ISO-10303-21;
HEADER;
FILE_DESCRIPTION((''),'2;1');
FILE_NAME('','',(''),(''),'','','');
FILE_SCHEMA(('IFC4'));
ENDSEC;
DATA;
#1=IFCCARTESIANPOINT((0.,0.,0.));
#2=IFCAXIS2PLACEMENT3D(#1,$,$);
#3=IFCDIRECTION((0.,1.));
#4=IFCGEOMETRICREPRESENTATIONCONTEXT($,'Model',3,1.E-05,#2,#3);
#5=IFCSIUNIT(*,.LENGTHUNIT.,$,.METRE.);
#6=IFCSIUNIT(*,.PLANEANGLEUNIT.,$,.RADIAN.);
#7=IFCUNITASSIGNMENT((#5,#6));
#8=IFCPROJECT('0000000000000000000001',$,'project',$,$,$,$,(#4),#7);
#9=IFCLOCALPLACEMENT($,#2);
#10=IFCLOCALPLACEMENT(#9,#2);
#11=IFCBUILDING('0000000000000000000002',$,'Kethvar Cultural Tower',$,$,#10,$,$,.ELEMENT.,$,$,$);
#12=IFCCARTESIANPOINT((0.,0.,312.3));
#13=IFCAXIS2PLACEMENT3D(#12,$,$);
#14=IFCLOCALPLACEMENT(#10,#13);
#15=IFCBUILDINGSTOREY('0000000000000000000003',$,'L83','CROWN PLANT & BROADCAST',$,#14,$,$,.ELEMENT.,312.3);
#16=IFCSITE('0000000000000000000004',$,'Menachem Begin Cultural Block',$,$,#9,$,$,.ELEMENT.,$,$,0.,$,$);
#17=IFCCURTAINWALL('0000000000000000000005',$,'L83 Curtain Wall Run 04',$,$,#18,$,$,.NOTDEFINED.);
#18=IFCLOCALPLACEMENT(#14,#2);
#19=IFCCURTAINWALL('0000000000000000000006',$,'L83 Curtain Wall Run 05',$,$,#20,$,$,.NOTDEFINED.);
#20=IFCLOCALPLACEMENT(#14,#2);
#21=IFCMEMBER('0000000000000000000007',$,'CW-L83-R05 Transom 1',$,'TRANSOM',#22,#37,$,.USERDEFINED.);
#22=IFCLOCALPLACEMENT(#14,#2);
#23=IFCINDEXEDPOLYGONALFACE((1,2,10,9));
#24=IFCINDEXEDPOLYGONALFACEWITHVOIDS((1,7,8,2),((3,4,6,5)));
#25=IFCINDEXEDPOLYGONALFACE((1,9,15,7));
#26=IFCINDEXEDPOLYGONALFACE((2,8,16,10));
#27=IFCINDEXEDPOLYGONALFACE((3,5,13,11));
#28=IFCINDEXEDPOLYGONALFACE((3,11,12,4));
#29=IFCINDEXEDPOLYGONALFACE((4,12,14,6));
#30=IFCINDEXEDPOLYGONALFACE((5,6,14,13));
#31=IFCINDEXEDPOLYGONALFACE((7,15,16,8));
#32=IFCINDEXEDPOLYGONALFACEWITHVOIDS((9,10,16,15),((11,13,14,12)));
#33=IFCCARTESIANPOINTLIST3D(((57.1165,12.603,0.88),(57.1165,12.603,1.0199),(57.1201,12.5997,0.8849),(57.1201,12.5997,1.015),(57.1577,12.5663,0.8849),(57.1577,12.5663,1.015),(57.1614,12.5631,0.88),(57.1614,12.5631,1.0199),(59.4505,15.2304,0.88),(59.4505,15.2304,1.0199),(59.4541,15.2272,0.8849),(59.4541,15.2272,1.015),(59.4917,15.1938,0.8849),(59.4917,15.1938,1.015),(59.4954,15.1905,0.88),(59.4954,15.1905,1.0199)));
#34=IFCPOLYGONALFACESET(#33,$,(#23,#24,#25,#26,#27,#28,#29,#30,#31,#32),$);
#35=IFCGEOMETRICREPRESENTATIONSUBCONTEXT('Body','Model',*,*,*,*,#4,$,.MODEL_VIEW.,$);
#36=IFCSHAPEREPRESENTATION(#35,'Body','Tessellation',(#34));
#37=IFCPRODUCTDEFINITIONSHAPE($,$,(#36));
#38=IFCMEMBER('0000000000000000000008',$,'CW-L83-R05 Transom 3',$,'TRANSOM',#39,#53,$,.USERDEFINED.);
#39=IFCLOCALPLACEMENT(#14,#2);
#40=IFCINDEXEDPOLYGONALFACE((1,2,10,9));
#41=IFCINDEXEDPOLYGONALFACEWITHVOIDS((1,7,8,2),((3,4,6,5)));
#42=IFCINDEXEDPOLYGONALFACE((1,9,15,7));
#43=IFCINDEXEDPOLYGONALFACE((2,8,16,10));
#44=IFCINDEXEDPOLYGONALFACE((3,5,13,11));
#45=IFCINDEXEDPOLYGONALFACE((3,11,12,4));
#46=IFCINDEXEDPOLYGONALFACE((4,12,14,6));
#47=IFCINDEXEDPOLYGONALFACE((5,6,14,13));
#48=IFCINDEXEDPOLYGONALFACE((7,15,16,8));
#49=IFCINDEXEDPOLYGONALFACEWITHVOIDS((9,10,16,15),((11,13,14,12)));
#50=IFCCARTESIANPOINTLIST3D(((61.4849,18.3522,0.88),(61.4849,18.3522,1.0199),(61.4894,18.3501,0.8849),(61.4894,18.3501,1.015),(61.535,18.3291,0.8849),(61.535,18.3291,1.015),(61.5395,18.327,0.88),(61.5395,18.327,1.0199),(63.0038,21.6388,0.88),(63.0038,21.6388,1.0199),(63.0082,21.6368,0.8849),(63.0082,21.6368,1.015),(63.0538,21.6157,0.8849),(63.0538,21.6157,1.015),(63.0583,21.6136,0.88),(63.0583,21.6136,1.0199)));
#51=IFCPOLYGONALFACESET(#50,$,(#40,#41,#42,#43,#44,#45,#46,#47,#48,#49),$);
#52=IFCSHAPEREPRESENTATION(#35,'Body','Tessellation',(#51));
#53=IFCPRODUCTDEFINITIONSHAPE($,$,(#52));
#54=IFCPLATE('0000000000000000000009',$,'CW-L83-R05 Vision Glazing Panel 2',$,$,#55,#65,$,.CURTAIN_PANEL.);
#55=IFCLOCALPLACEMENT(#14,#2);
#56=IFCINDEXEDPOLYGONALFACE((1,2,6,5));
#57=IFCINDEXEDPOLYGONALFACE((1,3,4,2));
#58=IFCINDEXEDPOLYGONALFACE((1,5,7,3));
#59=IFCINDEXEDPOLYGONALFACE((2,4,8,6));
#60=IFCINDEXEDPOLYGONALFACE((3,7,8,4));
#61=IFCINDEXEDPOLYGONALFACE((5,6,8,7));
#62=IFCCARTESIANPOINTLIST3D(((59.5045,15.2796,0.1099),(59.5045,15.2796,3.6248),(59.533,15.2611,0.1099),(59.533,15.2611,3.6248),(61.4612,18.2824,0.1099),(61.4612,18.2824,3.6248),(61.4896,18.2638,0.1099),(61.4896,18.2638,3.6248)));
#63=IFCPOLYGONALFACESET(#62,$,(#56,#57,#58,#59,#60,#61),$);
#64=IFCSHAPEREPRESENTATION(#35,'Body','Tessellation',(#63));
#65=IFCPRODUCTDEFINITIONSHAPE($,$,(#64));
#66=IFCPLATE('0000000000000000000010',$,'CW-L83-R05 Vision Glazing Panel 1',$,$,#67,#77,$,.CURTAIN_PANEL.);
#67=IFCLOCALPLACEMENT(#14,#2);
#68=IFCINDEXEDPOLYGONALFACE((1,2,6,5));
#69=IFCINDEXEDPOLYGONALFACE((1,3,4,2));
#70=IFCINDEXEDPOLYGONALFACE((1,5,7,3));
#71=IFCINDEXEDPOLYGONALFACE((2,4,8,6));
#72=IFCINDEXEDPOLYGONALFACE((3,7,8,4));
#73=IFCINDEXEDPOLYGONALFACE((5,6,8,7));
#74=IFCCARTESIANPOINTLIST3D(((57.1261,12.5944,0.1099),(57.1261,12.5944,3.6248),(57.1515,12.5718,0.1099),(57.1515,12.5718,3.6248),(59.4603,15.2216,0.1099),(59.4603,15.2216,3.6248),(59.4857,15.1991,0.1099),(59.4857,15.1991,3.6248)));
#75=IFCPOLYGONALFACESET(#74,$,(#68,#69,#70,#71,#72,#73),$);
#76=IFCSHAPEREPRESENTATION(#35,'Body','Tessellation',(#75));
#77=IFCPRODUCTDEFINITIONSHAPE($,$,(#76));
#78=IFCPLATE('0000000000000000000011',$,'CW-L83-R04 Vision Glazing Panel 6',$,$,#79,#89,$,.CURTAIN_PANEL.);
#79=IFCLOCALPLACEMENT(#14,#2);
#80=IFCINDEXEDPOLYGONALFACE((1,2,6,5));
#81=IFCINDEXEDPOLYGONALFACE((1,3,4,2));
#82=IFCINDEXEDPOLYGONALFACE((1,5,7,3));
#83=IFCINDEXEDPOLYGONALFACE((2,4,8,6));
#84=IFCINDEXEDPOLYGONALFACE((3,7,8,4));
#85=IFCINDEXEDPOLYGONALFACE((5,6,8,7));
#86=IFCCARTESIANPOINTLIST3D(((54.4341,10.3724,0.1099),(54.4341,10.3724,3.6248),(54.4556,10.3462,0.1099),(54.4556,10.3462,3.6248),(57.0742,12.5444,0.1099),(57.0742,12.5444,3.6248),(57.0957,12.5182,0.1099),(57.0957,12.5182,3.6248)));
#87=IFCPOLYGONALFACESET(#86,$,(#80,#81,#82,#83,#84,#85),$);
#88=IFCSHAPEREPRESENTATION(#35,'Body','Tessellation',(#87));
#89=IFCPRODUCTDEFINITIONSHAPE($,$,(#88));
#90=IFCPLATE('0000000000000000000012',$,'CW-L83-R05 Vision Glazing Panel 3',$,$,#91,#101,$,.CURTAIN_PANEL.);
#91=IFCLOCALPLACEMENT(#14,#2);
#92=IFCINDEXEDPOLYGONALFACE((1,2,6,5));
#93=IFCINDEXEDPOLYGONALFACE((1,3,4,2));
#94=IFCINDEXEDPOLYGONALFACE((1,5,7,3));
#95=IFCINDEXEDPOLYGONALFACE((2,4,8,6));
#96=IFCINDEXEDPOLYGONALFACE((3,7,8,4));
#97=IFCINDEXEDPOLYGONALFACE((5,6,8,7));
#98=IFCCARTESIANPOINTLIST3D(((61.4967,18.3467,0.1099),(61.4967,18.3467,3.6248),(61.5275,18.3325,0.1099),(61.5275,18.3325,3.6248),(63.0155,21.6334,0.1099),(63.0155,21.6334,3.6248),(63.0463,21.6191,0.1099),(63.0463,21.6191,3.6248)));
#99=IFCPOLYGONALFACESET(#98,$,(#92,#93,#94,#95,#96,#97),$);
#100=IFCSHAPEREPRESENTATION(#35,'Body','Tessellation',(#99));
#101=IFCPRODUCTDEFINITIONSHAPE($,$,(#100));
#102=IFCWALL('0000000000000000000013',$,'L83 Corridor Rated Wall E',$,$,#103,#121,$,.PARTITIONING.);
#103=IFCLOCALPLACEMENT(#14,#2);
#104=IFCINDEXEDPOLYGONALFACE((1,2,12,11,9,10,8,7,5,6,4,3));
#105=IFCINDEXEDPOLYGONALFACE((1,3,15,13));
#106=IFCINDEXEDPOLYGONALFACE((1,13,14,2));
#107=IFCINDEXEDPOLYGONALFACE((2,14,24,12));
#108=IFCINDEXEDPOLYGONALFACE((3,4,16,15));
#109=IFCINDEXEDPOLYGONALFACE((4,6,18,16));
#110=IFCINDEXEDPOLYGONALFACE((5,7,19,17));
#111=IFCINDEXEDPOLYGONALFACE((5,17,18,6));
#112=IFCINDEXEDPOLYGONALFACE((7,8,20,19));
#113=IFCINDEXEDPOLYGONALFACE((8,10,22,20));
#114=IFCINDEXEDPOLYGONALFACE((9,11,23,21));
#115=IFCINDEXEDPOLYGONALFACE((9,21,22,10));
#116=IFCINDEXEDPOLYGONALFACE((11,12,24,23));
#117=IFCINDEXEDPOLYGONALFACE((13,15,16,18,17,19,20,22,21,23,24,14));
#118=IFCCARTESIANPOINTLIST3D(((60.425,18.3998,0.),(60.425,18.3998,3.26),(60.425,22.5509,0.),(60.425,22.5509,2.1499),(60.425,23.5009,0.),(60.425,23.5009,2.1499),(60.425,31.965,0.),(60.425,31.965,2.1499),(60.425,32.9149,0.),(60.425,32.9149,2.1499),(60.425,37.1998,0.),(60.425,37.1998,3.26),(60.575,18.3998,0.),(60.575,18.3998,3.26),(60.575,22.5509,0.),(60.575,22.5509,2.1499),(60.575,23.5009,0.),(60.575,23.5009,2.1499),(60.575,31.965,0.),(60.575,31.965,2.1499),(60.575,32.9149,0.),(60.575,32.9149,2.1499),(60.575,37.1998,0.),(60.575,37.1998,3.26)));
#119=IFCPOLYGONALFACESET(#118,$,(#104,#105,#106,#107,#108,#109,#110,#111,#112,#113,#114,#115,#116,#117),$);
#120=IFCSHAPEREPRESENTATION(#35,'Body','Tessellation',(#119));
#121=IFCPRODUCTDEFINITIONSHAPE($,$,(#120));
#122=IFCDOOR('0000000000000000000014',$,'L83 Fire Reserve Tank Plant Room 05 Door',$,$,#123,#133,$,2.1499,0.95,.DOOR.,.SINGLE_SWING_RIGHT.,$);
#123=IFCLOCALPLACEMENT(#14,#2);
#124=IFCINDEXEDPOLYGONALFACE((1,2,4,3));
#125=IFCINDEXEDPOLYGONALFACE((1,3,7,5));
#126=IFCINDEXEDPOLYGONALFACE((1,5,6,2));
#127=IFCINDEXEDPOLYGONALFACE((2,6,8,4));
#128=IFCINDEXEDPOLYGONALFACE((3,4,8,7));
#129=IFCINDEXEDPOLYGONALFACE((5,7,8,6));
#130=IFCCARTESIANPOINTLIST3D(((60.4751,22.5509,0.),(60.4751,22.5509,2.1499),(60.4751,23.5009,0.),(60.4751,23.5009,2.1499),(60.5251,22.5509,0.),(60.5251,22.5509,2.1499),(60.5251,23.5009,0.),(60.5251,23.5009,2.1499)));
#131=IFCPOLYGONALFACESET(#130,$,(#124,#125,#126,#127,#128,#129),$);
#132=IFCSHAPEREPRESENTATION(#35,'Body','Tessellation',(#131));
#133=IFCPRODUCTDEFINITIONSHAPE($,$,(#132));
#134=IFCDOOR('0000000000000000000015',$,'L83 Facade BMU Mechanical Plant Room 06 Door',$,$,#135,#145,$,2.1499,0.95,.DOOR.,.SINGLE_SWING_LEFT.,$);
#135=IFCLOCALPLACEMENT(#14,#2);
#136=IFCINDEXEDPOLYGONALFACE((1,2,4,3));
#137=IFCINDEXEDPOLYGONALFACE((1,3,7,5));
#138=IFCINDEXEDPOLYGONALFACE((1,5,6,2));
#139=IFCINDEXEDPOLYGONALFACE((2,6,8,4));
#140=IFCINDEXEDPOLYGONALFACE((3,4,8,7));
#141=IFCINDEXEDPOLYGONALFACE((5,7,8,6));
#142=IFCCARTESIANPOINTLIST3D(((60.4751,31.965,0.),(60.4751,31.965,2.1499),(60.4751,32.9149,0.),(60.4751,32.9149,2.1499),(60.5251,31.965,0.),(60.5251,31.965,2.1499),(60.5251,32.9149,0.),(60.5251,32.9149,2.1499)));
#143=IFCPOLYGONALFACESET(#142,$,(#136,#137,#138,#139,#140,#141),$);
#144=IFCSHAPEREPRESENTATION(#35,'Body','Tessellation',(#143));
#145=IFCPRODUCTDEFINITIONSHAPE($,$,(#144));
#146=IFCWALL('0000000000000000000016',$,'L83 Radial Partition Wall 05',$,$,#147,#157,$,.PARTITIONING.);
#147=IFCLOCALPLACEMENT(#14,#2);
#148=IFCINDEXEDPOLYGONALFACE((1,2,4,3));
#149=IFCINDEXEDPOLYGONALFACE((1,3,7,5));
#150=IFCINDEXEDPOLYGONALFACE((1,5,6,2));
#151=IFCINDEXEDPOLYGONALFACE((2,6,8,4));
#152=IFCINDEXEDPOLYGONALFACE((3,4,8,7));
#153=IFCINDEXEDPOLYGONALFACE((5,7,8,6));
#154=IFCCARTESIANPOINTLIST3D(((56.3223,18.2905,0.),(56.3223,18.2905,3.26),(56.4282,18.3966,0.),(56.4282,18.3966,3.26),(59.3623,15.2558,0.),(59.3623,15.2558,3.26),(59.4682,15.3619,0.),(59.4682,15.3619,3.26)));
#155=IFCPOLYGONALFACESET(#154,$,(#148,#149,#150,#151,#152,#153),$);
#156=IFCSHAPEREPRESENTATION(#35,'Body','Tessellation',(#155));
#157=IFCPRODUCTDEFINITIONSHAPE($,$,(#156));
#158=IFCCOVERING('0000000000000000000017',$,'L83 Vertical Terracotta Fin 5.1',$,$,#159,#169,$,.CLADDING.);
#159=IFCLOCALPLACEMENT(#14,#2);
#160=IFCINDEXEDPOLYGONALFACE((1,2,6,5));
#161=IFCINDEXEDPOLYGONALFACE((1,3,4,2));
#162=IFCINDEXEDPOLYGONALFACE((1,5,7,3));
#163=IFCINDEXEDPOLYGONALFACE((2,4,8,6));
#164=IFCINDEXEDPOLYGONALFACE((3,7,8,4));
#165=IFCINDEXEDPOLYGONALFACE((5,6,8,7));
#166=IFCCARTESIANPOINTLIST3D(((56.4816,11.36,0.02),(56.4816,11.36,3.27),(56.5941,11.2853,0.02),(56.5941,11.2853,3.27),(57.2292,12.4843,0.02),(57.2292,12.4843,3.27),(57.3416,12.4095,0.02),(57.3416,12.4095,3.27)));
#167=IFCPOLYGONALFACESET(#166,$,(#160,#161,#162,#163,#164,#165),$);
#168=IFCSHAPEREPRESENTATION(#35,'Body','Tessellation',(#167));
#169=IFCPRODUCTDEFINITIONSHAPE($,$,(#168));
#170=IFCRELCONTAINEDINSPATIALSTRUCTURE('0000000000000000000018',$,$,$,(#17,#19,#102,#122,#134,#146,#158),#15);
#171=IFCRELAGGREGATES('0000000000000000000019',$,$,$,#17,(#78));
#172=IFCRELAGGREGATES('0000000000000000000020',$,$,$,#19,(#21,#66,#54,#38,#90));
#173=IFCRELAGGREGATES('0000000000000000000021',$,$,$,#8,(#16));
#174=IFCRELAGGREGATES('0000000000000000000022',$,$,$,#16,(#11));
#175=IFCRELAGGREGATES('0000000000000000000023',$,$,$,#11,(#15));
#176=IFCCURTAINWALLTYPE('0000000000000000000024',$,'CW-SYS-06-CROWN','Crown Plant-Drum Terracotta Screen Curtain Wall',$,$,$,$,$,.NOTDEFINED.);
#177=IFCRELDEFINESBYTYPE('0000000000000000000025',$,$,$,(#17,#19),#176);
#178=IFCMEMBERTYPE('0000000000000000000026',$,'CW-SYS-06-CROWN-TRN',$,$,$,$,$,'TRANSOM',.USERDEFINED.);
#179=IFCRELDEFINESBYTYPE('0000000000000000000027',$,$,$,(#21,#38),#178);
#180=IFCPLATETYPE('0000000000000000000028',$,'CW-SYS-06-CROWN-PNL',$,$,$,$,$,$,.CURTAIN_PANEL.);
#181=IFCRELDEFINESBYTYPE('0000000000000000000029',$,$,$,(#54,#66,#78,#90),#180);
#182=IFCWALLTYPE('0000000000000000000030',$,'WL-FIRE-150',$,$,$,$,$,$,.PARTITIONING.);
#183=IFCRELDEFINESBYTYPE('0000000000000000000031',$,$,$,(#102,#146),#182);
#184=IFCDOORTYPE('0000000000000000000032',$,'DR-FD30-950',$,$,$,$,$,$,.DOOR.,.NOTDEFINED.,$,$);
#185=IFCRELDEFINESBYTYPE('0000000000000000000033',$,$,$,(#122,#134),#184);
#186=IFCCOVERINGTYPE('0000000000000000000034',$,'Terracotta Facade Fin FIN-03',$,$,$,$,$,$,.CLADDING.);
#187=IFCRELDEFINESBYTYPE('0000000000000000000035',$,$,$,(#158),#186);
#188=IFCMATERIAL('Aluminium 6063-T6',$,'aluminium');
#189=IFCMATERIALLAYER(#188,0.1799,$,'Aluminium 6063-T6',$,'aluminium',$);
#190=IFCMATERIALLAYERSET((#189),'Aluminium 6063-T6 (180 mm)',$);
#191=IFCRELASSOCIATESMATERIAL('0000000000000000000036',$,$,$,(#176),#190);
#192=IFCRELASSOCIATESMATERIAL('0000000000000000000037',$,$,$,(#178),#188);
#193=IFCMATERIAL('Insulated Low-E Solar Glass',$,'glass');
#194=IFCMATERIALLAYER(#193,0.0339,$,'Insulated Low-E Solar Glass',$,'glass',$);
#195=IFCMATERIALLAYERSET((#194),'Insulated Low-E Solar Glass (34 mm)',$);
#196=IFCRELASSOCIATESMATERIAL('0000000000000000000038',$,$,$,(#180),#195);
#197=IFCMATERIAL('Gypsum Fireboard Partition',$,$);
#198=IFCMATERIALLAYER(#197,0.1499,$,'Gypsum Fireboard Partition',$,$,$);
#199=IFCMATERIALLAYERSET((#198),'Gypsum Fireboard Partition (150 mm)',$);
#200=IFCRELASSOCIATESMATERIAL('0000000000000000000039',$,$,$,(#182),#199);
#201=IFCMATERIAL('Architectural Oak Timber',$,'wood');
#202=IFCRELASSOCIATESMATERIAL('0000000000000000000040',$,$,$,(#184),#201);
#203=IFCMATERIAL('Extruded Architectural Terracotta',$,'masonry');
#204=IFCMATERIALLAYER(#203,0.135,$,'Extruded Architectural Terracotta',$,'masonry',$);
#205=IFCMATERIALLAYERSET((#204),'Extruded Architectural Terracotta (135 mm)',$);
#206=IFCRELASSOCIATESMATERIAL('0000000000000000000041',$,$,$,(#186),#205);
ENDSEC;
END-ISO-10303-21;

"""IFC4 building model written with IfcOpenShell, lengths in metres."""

from ifc_helpers import new_model, si_unit, direction, frame, frame_2d, origin, origin_2d, place, context, subcontext, project, spatial, rectangle, hollow_rectangle, extrude, source, transform, mapped, material, layer, layer_set, material_profile, profile_set, type_object, element, fill, aggregate, save


model = new_model("IFC4")

# Units and contexts
model_context = context("Model", 3, precision=1e-05, world=origin(), true_north=direction((0.0, 1.0)))
body_context = subcontext(model_context, "Body", "Model", "MODEL_VIEW")
ifc_project = project(units=[si_unit("LENGTHUNIT", "METRE"), si_unit("PLANEANGLEUNIT", "RADIAN")], contexts=[model_context])

# Site, building, storey
site_placement = place(None, origin())
site = spatial("IfcSite", under=ifc_project, at=site_placement, Name="Menachem Begin Cultural Block", CompositionType="ELEMENT", RefElevation=0.0)
building_placement = place(site_placement, origin())
building = spatial("IfcBuilding", under=site, at=building_placement, Name="Kethvar Cultural Tower", CompositionType="ELEMENT")
storey_placement = place(building_placement, frame((0.0, 0.0, 312.3)))
storey = spatial("IfcBuildingStorey", under=building, at=storey_placement, Name="L83", Description="CROWN PLANT & BROADCAST", CompositionType="ELEMENT", Elevation=312.3)

# Curtain wall
ifc_material_1 = material(Name="Aluminium 6063-T6", Category="aluminium")
ifc_layer_1 = layer(ifc_material_1, 0.1799, Name="Aluminium 6063-T6", Category="aluminium")
ifc_layer_set_1 = layer_set([ifc_layer_1], Name="Aluminium 6063-T6 (180 mm)")
curtain_wall_type = type_object("IfcCurtainWallType", Name="CW-SYS-06-CROWN", Description="Crown Plant-Drum Terracotta Screen Curtain Wall", PredefinedType="NOTDEFINED", material=ifc_layer_set_1)
curtain_wall_1_placement = place(storey_placement, origin())
curtain_wall_1 = element("IfcCurtainWall", 1, at=curtain_wall_1_placement, inside=storey, type_object=curtain_wall_type, Name="L83 Curtain Wall Run 04", PredefinedType="NOTDEFINED")

# Curtain wall, members, plates
curtain_wall_2_placement = place(storey_placement, origin())
curtain_wall_2 = element("IfcCurtainWall", 2, at=curtain_wall_2_placement, inside=storey, type_object=curtain_wall_type, Name="L83 Curtain Wall Run 05", PredefinedType="NOTDEFINED")
ifc_material_profile_1 = material_profile(ifc_material_1, hollow_rectangle(XDim=0.0601, YDim=0.1399, WallThickness=0.0049, at=origin_2d()), Name="Aluminium 6063-T6 — RHS140x60x5")
ifc_profile_set_1 = profile_set([ifc_material_profile_1], Name="Aluminium 6063-T6 — RHS140x60x5")
member_type_1 = type_object("IfcMemberType", Name="CW-SYS-06-CROWN-TRN", ElementType="TRANSOM", PredefinedType="USERDEFINED", material=ifc_profile_set_1)
shared_shape_1 = source(origin(), body_context, "Body", "SweptSolid", [
    extrude(hollow_rectangle(XDim=0.0601, YDim=0.1399, WallThickness=0.0049, at=origin_2d()), origin(), (0.0, 0.0, 1.0), 3.5144),
])
member_1_placement = place(storey_placement, frame((57.1389, 12.583, 0.95), z_axis=(0.664122, 0.747624, 0.0), x_axis=(-0.747624, 0.664122, 0.0)))
member_1 = element("IfcMember", 3, at=member_1_placement, type_object=member_type_1, Name="CW-L83-R05 Transom 1", ObjectType="TRANSOM", PredefinedType="USERDEFINED", context=body_context, shape_type="MappedRepresentation", body=[
    mapped(shared_shape_1, transform((0.0, 0.0, 0.0), scale=1.0)),
])
shared_shape_2 = source(origin(), body_context, "Body", "SweptSolid", [
    extrude(hollow_rectangle(XDim=0.0601, YDim=0.1399, WallThickness=0.0049, at=origin_2d()), origin(), (0.0, 0.0, 1.0), 3.6206),
])
member_2_placement = place(storey_placement, frame((61.5122, 18.3396, 0.95), z_axis=(0.41949, 0.90776, 0.0), x_axis=(-0.90776, 0.41949, 0.0)))
member_2 = element("IfcMember", 4, at=member_2_placement, type_object=member_type_1, Name="CW-L83-R05 Transom 3", ObjectType="TRANSOM", PredefinedType="USERDEFINED", context=body_context, shape_type="MappedRepresentation", body=[
    mapped(shared_shape_2, transform((0.0, 0.0, 0.0), scale=1.0)),
])
ifc_material_2 = material(Name="Insulated Low-E Solar Glass", Category="glass")
ifc_layer_2 = layer(ifc_material_2, 0.0339, Name="Insulated Low-E Solar Glass", Category="glass")
ifc_layer_set_2 = layer_set([ifc_layer_2], Name="Insulated Low-E Solar Glass (34 mm)")
plate_type = type_object("IfcPlateType", Name="CW-SYS-06-CROWN-PNL", PredefinedType="CURTAIN_PANEL", material=ifc_layer_set_2)
shared_shape_3 = source(origin(), body_context, "Body", "SweptSolid", [
    extrude(rectangle(XDim=3.584, YDim=0.0339, at=origin_2d()), origin(), (0.0, 0.0, 1.0), 3.5149),
])
plate_1_placement = place(storey_placement, frame((60.4971, 16.7717, 0.1099), z_axis=(0.0, 0.0, 1.0), x_axis=(0.545941, 0.837824, 0.0)))
plate_1 = element("IfcPlate", 5, at=plate_1_placement, type_object=plate_type, Name="CW-L83-R05 Vision Glazing Panel 2", PredefinedType="CURTAIN_PANEL", context=body_context, shape_type="MappedRepresentation", body=[
    mapped(shared_shape_3, transform((0.0, 0.0, 0.0), scale=1.0)),
])
shared_shape_4 = source(origin(), body_context, "Body", "SweptSolid", [
    extrude(rectangle(XDim=3.5144, YDim=0.0339, at=origin_2d()), origin(), (0.0, 0.0, 1.0), 3.5149),
])
plate_2_placement = place(storey_placement, frame((58.3059, 13.8967, 0.1099), z_axis=(0.0, 0.0, 1.0), x_axis=(0.664174, 0.747578, 0.0)))
plate_2 = element("IfcPlate", 6, at=plate_2_placement, type_object=plate_type, Name="CW-L83-R05 Vision Glazing Panel 1", PredefinedType="CURTAIN_PANEL", context=body_context, shape_type="MappedRepresentation", body=[
    mapped(shared_shape_4, transform((0.0, 0.0, 0.0), scale=1.0)),
])

# Plates
shared_shape_5 = source(origin(), body_context, "Body", "SweptSolid", [
    extrude(rectangle(XDim=3.4187, YDim=0.0339, at=origin_2d()), origin(), (0.0, 0.0, 1.0), 3.5149),
])
plate_3_placement = place(storey_placement, frame((55.7649, 11.4453, 0.1099), z_axis=(0.0, 0.0, 1.0), x_axis=(0.772257, 0.63531, 0.0)))
plate_3 = element("IfcPlate", 7, at=plate_3_placement, type_object=plate_type, Name="CW-L83-R04 Vision Glazing Panel 6", PredefinedType="CURTAIN_PANEL", context=body_context, shape_type="MappedRepresentation", body=[
    mapped(shared_shape_5, transform((0.0, 0.0, 0.0), scale=1.0)),
])
aggregate(curtain_wall_1, [plate_3])
shared_shape_6 = source(origin(), body_context, "Body", "SweptSolid", [
    extrude(rectangle(XDim=3.6206, YDim=0.0339, at=origin_2d()), origin(), (0.0, 0.0, 1.0), 3.5149),
])
plate_4_placement = place(storey_placement, frame((62.2715, 19.9829, 0.1099), z_axis=(0.0, 0.0, 1.0), x_axis=(0.419484, 0.907763, 0.0)))
plate_4 = element("IfcPlate", 8, at=plate_4_placement, type_object=plate_type, Name="CW-L83-R05 Vision Glazing Panel 3", PredefinedType="CURTAIN_PANEL", context=body_context, shape_type="MappedRepresentation", body=[
    mapped(shared_shape_6, transform((0.0, 0.0, 0.0), scale=1.0)),
])
aggregate(curtain_wall_2, [member_1, plate_2, plate_1, member_2, plate_4])

# Wall, openings, doors
ifc_material_3 = material(Name="Gypsum Fireboard Partition")
ifc_layer_3 = layer(ifc_material_3, 0.1499, Name="Gypsum Fireboard Partition")
ifc_layer_set_3 = layer_set([ifc_layer_3], Name="Gypsum Fireboard Partition (150 mm)")
wall_type = type_object("IfcWallType", Name="WL-FIRE-150", PredefinedType="PARTITIONING", material=ifc_layer_set_3)
wall_1_placement = place(storey_placement, frame((60.5, 18.3999, 0.0), z_axis=(0.0, 0.0, 1.0), x_axis=(0.0, 1.0, 0.0)))
wall_1 = element("IfcWall", 9, at=wall_1_placement, inside=storey, type_object=wall_type, Name="L83 Corridor Rated Wall E", PredefinedType="PARTITIONING", context=body_context, shape_type="SweptSolid", body=[
    extrude(rectangle(XDim=18.8, YDim=0.1499, at=frame_2d((9.3999, 0.0))), origin(), (0.0, 0.0, 1.0), 3.26),
])
opening_1_placement = place(wall_1_placement, frame((4.1509, 0.0, 0.0)))
opening_1 = element("IfcOpeningElement", 10, at=opening_1_placement, cuts=wall_1, PredefinedType="OPENING", context=body_context, shape_type="SweptSolid", body=[
    extrude(rectangle(XDim=0.95, YDim=2.1499, at=frame_2d((0.4751, 1.075))), frame((0.0, 0.085, 0.0), z_axis=(0.0, -1.0, 0.0), x_axis=(1.0, 0.0, 0.0)), (0.0, 0.0, 1.0), 0.1699),
])
opening_2_placement = place(wall_1_placement, frame((13.5649, 0.0, 0.0)))
opening_2 = element("IfcOpeningElement", 11, at=opening_2_placement, cuts=wall_1, PredefinedType="OPENING", context=body_context, shape_type="SweptSolid", body=[
    extrude(rectangle(XDim=0.95, YDim=2.1499, at=frame_2d((0.4751, 1.075))), frame((0.0, 0.085, 0.0), z_axis=(0.0, -1.0, 0.0), x_axis=(1.0, 0.0, 0.0)), (0.0, 0.0, 1.0), 0.1699),
])
ifc_material_4 = material(Name="Architectural Oak Timber", Category="wood")
door_type = type_object("IfcDoorType", Name="DR-FD30-950", OperationType="NOTDEFINED", PredefinedType="DOOR", material=ifc_material_4)
shared_shape_7 = source(origin(), body_context, "Body", "SweptSolid", [
    extrude(rectangle(XDim=0.95, YDim=2.1499, at=frame_2d((0.4751, 1.075))), frame((0.0, 0.0249, 0.0), z_axis=(0.0, -1.0, 0.0), x_axis=(1.0, 0.0, 0.0)), (0.0, 0.0, 1.0), 0.05),
])
door_1_placement = place(opening_1_placement, origin())
door_1 = element("IfcDoor", 12, at=door_1_placement, inside=storey, type_object=door_type, Name="L83 Fire Reserve Tank Plant Room 05 Door", OperationType="SINGLE_SWING_RIGHT", OverallHeight=2.1499, OverallWidth=0.95, PredefinedType="DOOR", context=body_context, shape_type="MappedRepresentation", body=[
    mapped(shared_shape_7, transform((0.0, 0.0, 0.0), scale=1.0)),
])
fill(opening_1, door_1)
door_2_placement = place(opening_2_placement, origin())
door_2 = element("IfcDoor", 13, at=door_2_placement, inside=storey, type_object=door_type, Name="L83 Facade BMU Mechanical Plant Room 06 Door", OperationType="SINGLE_SWING_LEFT", OverallHeight=2.1499, OverallWidth=0.95, PredefinedType="DOOR", context=body_context, shape_type="MappedRepresentation", body=[
    mapped(shared_shape_7, transform((0.0, 0.0, 0.0), scale=1.0)),
])
fill(opening_2, door_2)

# Wall
wall_2_placement = place(storey_placement, frame((56.3752, 18.3435, 0.0), z_axis=(0.0, 0.0, 1.0), x_axis=(0.707732, -0.706481, 0.0)))
element("IfcWall", 14, at=wall_2_placement, inside=storey, type_object=wall_type, Name="L83 Radial Partition Wall 05", PredefinedType="PARTITIONING", context=body_context, shape_type="SweptSolid", body=[
    extrude(rectangle(XDim=4.2954, YDim=0.1499, at=frame_2d((2.1477, 0.0))), origin(), (0.0, 0.0, 1.0), 3.26),
])

# Covering
ifc_material_5 = material(Name="Extruded Architectural Terracotta", Category="masonry")
ifc_layer_4 = layer(ifc_material_5, 0.135, Name="Extruded Architectural Terracotta", Category="masonry")
ifc_layer_set_4 = layer_set([ifc_layer_4], Name="Extruded Architectural Terracotta (135 mm)")
covering_type = type_object("IfcCoveringType", Name="Terracotta Facade Fin FIN-03", PredefinedType="CLADDING", material=ifc_layer_set_4)
shared_shape_8 = source(origin(), body_context, "Body", "SweptSolid", [
    extrude(rectangle(XDim=1.3501, YDim=0.135, at=origin_2d()), origin(), (0.0, 0.0, 1.0), 3.25),
])
for number, where, z_axis, x_axis, name in (
    (15, (56.9116, 11.8848, 0.02), (0.0, 0.0, 1.0), (-0.553682, -0.832728, 0.0), "L83 Vertical Terracotta Fin 5.1"),
):
    element("IfcCovering", number, at=place(storey_placement, frame(where, z_axis=z_axis, x_axis=x_axis)), inside=storey, type_object=covering_type, Name=name, PredefinedType="CLADDING", context=body_context, shape_type="MappedRepresentation", body=[
        mapped(shared_shape_8, transform((0.0, 0.0, 0.0), scale=1.0)),
    ])

save(model, "model.ifc")
